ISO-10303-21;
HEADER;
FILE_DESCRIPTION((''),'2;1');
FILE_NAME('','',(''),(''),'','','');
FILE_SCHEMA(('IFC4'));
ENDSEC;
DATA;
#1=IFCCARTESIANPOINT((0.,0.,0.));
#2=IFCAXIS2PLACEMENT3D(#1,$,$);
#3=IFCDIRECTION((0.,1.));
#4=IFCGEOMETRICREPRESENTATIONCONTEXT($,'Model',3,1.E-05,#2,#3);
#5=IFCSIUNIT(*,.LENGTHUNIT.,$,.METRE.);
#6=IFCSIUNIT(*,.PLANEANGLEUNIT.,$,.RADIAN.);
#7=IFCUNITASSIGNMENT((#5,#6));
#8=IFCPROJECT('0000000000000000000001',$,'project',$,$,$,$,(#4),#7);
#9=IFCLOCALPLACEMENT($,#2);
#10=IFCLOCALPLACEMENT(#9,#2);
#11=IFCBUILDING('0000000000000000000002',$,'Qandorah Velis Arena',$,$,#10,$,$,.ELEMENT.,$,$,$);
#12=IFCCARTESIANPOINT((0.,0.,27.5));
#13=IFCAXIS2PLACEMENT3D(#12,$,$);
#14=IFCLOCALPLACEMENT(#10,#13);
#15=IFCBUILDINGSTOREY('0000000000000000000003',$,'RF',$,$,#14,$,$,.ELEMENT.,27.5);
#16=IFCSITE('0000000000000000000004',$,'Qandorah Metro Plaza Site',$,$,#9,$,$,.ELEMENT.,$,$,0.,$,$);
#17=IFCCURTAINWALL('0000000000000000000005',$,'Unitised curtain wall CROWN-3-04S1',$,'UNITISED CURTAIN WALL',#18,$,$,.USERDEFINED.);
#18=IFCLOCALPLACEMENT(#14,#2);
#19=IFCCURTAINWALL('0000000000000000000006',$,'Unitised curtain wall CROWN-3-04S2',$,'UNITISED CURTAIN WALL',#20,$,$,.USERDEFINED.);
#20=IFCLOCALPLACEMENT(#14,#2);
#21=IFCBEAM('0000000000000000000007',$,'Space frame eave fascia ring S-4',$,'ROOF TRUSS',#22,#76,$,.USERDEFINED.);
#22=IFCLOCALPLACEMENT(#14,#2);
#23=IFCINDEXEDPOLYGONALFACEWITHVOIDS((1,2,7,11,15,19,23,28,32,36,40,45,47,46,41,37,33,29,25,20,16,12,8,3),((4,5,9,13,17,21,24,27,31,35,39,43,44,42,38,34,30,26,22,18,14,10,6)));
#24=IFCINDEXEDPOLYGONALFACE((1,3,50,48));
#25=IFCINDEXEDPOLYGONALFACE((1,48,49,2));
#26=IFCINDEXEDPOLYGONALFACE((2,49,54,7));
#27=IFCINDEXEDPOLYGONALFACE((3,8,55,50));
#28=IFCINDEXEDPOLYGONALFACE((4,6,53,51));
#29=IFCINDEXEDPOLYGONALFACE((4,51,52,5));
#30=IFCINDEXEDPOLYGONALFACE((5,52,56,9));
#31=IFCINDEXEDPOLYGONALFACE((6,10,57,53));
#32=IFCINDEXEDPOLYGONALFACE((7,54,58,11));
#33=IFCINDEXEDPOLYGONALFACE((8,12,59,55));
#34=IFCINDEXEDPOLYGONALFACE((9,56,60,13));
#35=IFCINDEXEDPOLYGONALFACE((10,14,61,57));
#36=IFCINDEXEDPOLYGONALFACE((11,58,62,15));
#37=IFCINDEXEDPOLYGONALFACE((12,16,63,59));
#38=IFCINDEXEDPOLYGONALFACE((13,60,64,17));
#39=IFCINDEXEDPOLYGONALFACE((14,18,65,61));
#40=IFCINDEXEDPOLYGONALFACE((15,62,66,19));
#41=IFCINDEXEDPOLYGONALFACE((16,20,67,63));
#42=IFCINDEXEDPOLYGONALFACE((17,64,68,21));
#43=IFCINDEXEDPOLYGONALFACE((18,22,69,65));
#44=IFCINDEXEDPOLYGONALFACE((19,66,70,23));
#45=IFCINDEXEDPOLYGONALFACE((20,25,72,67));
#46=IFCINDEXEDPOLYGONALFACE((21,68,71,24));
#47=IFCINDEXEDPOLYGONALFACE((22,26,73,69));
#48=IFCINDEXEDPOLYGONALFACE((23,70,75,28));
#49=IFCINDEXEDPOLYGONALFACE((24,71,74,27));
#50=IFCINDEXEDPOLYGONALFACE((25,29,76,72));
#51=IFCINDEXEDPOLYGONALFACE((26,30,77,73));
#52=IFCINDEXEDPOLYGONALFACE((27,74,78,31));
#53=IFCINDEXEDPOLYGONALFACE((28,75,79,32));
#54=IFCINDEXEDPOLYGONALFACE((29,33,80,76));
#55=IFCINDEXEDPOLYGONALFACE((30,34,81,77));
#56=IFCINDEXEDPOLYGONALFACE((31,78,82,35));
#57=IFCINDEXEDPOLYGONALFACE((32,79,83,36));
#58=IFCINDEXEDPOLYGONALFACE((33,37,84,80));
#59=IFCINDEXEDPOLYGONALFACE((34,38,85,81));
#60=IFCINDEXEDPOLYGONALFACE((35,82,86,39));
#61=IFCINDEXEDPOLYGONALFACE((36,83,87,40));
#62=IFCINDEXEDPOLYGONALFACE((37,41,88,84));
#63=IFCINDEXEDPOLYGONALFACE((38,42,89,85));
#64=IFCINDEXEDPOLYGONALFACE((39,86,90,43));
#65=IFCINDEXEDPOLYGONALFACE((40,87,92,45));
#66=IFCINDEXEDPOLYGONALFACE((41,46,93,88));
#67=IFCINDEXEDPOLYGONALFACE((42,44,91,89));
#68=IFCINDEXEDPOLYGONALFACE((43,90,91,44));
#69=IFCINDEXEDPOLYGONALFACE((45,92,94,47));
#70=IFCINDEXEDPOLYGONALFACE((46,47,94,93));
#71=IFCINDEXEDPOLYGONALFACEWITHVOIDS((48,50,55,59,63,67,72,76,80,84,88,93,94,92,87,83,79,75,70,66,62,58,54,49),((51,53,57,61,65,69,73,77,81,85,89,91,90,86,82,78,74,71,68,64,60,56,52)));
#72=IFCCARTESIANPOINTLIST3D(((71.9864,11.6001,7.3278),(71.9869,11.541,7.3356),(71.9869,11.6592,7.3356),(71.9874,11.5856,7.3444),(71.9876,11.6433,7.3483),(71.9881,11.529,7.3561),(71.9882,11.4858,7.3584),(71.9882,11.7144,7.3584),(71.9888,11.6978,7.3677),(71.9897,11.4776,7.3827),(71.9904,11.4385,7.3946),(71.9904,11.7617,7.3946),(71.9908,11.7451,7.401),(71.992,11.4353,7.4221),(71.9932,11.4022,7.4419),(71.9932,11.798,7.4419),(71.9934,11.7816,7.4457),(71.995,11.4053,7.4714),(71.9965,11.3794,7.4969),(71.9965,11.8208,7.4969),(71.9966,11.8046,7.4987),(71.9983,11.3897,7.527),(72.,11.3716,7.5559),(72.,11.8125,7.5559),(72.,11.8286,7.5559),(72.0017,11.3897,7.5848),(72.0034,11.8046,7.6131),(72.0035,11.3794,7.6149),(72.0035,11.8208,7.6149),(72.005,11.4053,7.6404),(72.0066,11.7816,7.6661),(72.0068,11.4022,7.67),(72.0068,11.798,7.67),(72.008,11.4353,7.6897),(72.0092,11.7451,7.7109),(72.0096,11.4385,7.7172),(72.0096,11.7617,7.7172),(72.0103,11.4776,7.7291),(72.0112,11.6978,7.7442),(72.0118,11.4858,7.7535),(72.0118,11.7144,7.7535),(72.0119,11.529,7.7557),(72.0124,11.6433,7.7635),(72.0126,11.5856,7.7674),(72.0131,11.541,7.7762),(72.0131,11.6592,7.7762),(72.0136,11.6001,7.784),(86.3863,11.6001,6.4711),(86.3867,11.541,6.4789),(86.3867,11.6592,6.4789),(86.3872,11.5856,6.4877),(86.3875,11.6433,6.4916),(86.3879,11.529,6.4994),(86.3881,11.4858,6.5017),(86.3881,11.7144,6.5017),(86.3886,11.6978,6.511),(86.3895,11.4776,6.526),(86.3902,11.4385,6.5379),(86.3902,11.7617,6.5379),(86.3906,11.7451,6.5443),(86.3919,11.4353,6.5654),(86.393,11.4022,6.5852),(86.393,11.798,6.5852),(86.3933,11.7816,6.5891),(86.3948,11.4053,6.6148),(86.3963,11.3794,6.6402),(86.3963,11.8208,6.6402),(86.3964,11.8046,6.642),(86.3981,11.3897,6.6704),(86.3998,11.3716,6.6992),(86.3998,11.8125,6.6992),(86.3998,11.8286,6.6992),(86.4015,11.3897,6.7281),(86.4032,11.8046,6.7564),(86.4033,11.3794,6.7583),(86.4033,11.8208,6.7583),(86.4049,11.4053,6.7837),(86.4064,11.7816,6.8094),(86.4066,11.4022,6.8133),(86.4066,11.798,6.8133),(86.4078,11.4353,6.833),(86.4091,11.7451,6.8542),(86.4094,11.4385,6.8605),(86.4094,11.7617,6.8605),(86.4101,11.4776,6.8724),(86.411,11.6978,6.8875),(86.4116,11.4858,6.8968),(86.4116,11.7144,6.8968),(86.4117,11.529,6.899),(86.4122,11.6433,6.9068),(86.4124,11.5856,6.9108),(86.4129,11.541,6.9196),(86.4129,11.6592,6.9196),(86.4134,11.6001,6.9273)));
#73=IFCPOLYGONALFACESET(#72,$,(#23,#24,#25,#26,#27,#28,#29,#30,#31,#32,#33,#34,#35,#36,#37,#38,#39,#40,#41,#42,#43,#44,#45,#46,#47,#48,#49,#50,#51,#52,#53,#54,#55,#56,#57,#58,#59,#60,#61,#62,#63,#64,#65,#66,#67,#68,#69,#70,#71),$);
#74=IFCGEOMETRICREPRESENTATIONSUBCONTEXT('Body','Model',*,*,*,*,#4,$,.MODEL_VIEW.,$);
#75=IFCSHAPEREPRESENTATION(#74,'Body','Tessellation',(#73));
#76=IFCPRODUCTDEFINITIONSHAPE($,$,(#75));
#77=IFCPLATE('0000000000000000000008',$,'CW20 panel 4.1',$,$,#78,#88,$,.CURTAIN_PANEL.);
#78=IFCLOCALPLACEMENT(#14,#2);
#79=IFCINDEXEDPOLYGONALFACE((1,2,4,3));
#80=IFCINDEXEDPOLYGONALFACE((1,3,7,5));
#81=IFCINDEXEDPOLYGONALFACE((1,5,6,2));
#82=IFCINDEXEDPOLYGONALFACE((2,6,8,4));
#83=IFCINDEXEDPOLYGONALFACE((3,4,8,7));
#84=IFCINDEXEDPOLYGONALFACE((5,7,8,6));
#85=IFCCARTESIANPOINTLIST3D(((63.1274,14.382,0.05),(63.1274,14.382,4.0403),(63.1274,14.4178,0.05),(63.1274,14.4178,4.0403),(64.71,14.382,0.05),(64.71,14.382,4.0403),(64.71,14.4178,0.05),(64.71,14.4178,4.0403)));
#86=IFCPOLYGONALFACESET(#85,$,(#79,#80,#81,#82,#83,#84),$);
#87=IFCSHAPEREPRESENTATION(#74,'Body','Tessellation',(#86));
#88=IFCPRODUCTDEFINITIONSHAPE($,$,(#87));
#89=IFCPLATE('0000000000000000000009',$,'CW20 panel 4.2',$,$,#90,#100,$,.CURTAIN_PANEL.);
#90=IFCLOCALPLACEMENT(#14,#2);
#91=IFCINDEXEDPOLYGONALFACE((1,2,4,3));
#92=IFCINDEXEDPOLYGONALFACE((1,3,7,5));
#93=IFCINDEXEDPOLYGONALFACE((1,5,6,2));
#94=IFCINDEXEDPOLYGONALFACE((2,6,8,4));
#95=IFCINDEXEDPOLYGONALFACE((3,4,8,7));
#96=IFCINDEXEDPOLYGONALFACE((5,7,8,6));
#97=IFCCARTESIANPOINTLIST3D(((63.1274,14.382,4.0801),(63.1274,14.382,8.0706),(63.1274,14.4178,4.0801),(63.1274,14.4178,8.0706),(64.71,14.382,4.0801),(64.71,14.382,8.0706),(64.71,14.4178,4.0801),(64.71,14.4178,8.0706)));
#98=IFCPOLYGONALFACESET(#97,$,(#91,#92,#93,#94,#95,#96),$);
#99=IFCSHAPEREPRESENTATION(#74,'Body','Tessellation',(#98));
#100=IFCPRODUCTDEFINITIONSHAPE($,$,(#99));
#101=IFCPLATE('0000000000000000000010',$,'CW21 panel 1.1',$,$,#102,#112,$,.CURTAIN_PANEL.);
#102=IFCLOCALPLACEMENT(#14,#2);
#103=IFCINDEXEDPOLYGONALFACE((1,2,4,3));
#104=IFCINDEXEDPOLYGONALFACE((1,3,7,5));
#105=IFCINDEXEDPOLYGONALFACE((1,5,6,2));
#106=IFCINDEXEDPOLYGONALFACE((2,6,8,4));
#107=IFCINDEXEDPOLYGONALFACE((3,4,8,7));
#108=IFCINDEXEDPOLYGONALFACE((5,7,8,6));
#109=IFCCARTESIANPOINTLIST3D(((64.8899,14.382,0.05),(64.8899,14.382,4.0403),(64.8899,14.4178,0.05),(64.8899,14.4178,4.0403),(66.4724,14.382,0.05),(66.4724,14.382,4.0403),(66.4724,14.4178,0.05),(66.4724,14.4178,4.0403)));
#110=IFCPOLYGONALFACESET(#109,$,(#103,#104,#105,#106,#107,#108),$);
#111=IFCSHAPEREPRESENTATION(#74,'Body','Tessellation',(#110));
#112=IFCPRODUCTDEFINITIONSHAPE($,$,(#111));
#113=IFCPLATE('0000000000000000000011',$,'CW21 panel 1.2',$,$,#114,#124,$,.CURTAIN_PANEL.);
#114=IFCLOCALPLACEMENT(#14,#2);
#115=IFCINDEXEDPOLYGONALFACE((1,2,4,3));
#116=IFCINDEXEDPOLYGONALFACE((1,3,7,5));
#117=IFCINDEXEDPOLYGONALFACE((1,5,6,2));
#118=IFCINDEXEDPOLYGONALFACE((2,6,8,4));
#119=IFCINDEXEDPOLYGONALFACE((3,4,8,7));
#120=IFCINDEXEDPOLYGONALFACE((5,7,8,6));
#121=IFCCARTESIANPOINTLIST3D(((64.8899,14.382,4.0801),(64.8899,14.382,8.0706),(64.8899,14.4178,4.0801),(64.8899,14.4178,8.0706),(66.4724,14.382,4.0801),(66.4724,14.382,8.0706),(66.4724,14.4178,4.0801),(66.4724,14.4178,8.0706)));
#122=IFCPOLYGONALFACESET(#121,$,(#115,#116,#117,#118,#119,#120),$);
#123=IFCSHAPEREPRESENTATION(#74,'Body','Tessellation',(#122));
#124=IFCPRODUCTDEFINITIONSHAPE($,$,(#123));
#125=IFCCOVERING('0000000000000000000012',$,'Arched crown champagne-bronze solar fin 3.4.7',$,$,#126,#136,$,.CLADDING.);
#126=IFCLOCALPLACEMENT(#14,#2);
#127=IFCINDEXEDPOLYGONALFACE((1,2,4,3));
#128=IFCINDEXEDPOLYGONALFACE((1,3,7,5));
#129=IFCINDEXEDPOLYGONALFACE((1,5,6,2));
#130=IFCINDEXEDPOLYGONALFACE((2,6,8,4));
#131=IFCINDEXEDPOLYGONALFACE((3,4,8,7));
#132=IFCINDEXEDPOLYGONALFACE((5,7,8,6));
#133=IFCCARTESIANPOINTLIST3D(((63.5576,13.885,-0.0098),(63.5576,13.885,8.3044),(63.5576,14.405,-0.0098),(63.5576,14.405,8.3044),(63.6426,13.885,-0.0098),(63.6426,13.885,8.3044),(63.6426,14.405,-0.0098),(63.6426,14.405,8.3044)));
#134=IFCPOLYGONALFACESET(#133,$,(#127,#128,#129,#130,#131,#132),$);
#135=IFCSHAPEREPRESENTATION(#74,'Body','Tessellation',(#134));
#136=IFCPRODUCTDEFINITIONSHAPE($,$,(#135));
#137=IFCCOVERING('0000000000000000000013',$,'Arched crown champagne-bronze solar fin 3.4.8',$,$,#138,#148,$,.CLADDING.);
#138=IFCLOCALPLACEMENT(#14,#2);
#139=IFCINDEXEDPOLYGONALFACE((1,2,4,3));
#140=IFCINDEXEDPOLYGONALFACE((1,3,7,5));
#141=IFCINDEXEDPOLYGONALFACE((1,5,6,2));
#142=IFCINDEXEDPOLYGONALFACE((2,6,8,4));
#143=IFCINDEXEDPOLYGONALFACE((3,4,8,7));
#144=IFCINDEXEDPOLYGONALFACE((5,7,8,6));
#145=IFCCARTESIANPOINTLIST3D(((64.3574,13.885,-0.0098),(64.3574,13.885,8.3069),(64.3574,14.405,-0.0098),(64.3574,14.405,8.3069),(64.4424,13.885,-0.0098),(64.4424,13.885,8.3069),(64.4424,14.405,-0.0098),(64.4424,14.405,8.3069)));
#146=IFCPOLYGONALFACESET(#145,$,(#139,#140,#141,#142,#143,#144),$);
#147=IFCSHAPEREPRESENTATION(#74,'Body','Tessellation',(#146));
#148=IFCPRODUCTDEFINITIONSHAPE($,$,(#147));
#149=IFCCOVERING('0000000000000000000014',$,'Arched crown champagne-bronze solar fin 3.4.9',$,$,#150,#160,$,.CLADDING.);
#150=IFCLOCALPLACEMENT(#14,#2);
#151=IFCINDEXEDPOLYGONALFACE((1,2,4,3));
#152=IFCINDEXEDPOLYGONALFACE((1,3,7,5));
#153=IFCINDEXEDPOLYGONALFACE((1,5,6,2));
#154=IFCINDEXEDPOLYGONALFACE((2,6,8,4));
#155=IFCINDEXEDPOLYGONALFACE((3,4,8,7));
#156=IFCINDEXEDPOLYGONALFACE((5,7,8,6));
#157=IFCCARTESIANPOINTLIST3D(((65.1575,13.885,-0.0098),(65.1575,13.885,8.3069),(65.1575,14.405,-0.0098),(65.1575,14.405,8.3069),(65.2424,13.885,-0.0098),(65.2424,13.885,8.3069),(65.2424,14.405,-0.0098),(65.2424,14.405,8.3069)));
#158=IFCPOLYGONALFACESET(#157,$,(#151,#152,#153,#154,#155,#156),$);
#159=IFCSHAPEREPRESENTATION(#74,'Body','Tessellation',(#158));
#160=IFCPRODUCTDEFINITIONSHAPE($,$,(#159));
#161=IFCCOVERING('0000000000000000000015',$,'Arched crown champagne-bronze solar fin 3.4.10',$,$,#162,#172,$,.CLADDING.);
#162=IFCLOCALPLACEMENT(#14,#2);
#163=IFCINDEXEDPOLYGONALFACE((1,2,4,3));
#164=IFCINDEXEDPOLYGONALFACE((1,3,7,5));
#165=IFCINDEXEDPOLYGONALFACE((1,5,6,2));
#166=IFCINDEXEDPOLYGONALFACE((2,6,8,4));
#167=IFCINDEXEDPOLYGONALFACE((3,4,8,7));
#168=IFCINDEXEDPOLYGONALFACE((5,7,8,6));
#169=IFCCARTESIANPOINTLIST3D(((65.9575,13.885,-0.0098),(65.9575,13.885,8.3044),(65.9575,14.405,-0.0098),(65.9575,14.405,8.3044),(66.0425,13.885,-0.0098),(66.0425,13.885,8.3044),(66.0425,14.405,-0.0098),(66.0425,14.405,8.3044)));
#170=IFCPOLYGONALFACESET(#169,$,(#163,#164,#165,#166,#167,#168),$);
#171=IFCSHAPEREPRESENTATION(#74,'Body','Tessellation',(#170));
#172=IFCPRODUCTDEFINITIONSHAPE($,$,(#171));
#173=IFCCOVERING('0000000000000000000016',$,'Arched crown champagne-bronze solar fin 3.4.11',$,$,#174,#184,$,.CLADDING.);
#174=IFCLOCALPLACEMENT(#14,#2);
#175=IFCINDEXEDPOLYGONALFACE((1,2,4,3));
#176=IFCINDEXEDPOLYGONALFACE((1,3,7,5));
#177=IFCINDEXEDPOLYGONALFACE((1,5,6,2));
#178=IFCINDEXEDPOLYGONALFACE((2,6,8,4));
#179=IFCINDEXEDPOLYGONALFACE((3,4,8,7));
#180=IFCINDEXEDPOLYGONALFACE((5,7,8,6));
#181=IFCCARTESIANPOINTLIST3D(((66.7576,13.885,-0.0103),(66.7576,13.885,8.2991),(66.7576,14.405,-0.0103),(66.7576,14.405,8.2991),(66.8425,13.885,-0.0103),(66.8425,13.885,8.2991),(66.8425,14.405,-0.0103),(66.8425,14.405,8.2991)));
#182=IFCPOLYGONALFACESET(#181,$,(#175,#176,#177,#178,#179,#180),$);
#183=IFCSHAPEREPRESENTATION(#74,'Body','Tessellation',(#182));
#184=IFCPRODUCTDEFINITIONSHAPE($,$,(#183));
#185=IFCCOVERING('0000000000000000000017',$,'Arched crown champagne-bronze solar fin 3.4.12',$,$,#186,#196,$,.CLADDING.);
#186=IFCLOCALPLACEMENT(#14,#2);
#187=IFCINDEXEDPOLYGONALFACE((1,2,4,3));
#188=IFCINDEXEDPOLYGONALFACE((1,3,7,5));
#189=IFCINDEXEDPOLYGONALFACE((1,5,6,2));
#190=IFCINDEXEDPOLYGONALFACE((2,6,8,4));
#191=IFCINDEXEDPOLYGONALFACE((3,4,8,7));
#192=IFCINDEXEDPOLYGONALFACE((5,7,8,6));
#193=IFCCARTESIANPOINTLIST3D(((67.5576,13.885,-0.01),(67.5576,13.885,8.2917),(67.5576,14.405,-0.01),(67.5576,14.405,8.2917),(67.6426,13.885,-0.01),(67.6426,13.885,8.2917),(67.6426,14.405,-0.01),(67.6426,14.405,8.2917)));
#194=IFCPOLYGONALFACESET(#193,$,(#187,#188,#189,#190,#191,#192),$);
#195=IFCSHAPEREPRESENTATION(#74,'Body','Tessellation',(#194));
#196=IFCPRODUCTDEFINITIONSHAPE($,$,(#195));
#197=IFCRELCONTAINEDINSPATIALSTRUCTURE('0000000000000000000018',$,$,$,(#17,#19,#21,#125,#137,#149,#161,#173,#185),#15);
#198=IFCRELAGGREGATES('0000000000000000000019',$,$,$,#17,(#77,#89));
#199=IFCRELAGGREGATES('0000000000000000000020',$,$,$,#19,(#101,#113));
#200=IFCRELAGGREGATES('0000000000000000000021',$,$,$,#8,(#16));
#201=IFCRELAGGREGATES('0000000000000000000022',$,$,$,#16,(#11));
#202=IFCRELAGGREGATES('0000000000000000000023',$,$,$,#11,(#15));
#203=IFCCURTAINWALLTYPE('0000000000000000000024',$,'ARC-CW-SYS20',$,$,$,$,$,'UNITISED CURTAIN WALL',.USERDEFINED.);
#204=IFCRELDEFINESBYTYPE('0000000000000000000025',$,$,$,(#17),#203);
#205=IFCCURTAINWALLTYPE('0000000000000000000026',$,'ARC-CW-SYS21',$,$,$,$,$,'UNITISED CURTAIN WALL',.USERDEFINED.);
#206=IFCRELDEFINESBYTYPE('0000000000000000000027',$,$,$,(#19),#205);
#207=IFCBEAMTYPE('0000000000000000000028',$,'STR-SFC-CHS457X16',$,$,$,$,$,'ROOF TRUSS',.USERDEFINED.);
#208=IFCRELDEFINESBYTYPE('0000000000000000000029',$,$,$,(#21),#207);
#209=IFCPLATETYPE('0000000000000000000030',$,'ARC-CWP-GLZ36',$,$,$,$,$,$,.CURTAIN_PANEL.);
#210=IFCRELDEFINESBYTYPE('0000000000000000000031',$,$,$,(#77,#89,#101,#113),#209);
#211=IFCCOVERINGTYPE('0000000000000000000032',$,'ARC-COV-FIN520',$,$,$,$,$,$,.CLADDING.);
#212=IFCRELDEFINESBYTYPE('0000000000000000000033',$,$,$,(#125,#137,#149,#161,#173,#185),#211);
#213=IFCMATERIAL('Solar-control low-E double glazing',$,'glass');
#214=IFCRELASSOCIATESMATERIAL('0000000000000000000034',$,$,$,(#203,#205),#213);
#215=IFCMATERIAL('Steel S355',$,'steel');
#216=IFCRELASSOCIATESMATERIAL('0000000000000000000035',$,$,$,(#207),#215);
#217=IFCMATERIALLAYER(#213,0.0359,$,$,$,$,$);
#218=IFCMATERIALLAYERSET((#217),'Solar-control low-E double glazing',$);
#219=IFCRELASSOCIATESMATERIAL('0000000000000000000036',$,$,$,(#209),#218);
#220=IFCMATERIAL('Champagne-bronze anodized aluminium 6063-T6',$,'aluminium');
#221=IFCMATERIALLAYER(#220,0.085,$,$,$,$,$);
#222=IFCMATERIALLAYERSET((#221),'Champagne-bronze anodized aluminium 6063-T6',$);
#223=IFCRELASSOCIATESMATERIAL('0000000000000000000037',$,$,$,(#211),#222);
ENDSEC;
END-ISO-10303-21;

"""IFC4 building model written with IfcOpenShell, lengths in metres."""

from ifc_helpers import new_model, si_unit, direction, frame, origin, origin_2d, place, context, subcontext, project, spatial, rectangle, hollow_circle, extrude, material, layer, layer_set, material_profile, profile_set, type_object, element, aggregate, save


model = new_model("IFC4")

# Units and contexts
model_context = context("Model", 3, precision=1e-05, world=origin(), true_north=direction((0.0, 1.0)))
body_context = subcontext(model_context, "Body", "Model", "MODEL_VIEW")
ifc_project = project(units=[si_unit("LENGTHUNIT", "METRE"), si_unit("PLANEANGLEUNIT", "RADIAN")], contexts=[model_context])

# Site, building, storey
site_placement = place(None, origin())
site = spatial("IfcSite", under=ifc_project, at=site_placement, Name="Qandorah Metro Plaza Site", CompositionType="ELEMENT", RefElevation=0.0)
building_placement = place(site_placement, origin())
building = spatial("IfcBuilding", under=site, at=building_placement, Name="Qandorah Velis Arena", CompositionType="ELEMENT")
storey_placement = place(building_placement, frame((0.0, 0.0, 27.5)))
storey = spatial("IfcBuildingStorey", under=building, at=storey_placement, Name="RF", CompositionType="ELEMENT", Elevation=27.5)

# Curtain wall
ifc_material_1 = material(Name="Solar-control low-E double glazing", Category="glass")
curtain_wall_type_1 = type_object("IfcCurtainWallType", Name="ARC-CW-SYS20", ElementType="UNITISED CURTAIN WALL", PredefinedType="USERDEFINED", material=ifc_material_1)
curtain_wall_1_placement = place(storey_placement, origin())
curtain_wall_1 = element("IfcCurtainWall", 1, at=curtain_wall_1_placement, inside=storey, type_object=curtain_wall_type_1, Name="Unitised curtain wall CROWN-3-04S1", ObjectType="UNITISED CURTAIN WALL", PredefinedType="USERDEFINED")
ifc_material_2 = material(Name="Champagne-bronze anodized aluminium 6063-T6", Category="aluminium")

# Curtain wall
curtain_wall_type_2 = type_object("IfcCurtainWallType", Name="ARC-CW-SYS21", ElementType="UNITISED CURTAIN WALL", PredefinedType="USERDEFINED", material=ifc_material_1)
curtain_wall_2_placement = place(storey_placement, origin())
curtain_wall_2 = element("IfcCurtainWall", 2, at=curtain_wall_2_placement, inside=storey, type_object=curtain_wall_type_2, Name="Unitised curtain wall CROWN-3-04S2", ObjectType="UNITISED CURTAIN WALL", PredefinedType="USERDEFINED")

# Beam
ifc_material_3 = material(Name="Steel S355", Category="steel")
ifc_material_profile_1 = material_profile(ifc_material_3, hollow_circle(Radius=0.2285, WallThickness=0.0161, at=origin_2d()), Name="CHS 457x16")
ifc_profile_set_1 = profile_set([ifc_material_profile_1], Name="Steel S355")
beam_type_1 = type_object("IfcBeamType", Name="STR-SFC-CHS457X16", ElementType="ROOF TRUSS", PredefinedType="USERDEFINED", material=ifc_profile_set_1)
beam_1_placement = place(storey_placement, frame((72.0, 11.6001, 7.5559), z_axis=(0.998235, 0.0, -0.059388), x_axis=(0.0, 1.0, 0.0)))
element("IfcBeam", 3, at=beam_1_placement, inside=storey, type_object=beam_type_1, Name="Space frame eave fascia ring S-4", ObjectType="ROOF TRUSS", PredefinedType="USERDEFINED", context=body_context, shape_type="SweptSolid", body=[
    extrude(hollow_circle(Radius=0.2285, WallThickness=0.0161, at=origin_2d()), origin(), (0.0, 0.0, 1.0), 14.4253),
])

# Plates
ifc_layer_1 = layer(ifc_material_1, 0.0359)
ifc_layer_set_1 = layer_set([ifc_layer_1], Name="Solar-control low-E double glazing")
plate_type = type_object("IfcPlateType", Name="ARC-CWP-GLZ36", PredefinedType="CURTAIN_PANEL", material=ifc_layer_set_1)
plate_1_placement = place(storey_placement, frame((63.9187, 14.3999, 0.05), z_axis=(0.0, 0.0, 1.0), x_axis=(1.0, 0.0, 0.0)))
plate_1 = element("IfcPlate", 4, at=plate_1_placement, type_object=plate_type, Name="CW20 panel 4.1", PredefinedType="CURTAIN_PANEL", context=body_context, shape_type="SweptSolid", body=[
    extrude(rectangle(XDim=1.5825, YDim=0.0359, at=origin_2d()), origin(), (0.0, 0.0, 1.0), 3.9902),
])
plate_2_placement = place(storey_placement, frame((63.9187, 14.3999, 4.0801), z_axis=(0.0, 0.0, 1.0), x_axis=(1.0, 0.0, 0.0)))
plate_2 = element("IfcPlate", 5, at=plate_2_placement, type_object=plate_type, Name="CW20 panel 4.2", PredefinedType="CURTAIN_PANEL", context=body_context, shape_type="SweptSolid", body=[
    extrude(rectangle(XDim=1.5825, YDim=0.0359, at=origin_2d()), origin(), (0.0, 0.0, 1.0), 3.9905),
])
aggregate(curtain_wall_1, [plate_1, plate_2])
plate_3_placement = place(storey_placement, frame((65.6812, 14.3999, 0.05), z_axis=(0.0, 0.0, 1.0), x_axis=(1.0, 0.0, 0.0)))
plate_3 = element("IfcPlate", 6, at=plate_3_placement, type_object=plate_type, Name="CW21 panel 1.1", PredefinedType="CURTAIN_PANEL", context=body_context, shape_type="SweptSolid", body=[
    extrude(rectangle(XDim=1.5825, YDim=0.0359, at=origin_2d()), origin(), (0.0, 0.0, 1.0), 3.9902),
])
plate_4_placement = place(storey_placement, frame((65.6812, 14.3999, 4.0801), z_axis=(0.0, 0.0, 1.0), x_axis=(1.0, 0.0, 0.0)))
plate_4 = element("IfcPlate", 7, at=plate_4_placement, type_object=plate_type, Name="CW21 panel 1.2", PredefinedType="CURTAIN_PANEL", context=body_context, shape_type="SweptSolid", body=[
    extrude(rectangle(XDim=1.5825, YDim=0.0359, at=origin_2d()), origin(), (0.0, 0.0, 1.0), 3.9905),
])
aggregate(curtain_wall_2, [plate_3, plate_4])

# Coverings
ifc_layer_2 = layer(ifc_material_2, 0.085)
ifc_layer_set_2 = layer_set([ifc_layer_2], Name="Champagne-bronze anodized aluminium 6063-T6")
covering_type = type_object("IfcCoveringType", Name="ARC-COV-FIN520", PredefinedType="CLADDING", material=ifc_layer_set_2)
covering_1_placement = place(storey_placement, frame((63.6001, 14.145, -0.0098), z_axis=(0.0, 0.0, 1.0), x_axis=(1.0, 0.0, 0.0)))
element("IfcCovering", 8, at=covering_1_placement, inside=storey, type_object=covering_type, Name="Arched crown champagne-bronze solar fin 3.4.7", PredefinedType="CLADDING", context=body_context, shape_type="SweptSolid", body=[
    extrude(rectangle(XDim=0.085, YDim=0.52, at=origin_2d()), origin(), (0.0, 0.0, 1.0), 8.3142),
])
for number, where, z_axis, x_axis, name in (
    (9, (64.3999, 14.145, -0.0098), (0.0, 0.0, 1.0), (1.0, 0.0, 0.0), "Arched crown champagne-bronze solar fin 3.4.8"),
    (10, (65.2, 14.145, -0.0098), (0.0, 0.0, 1.0), (1.0, 0.0, 0.0), "Arched crown champagne-bronze solar fin 3.4.9"),
):
    element("IfcCovering", number, at=place(storey_placement, frame(where, z_axis=z_axis, x_axis=x_axis)), inside=storey, type_object=covering_type, Name=name, PredefinedType="CLADDING", context=body_context, shape_type="SweptSolid", body=[
        extrude(rectangle(XDim=0.085, YDim=0.52, at=origin_2d()), origin(), (0.0, 0.0, 1.0), 8.3167),
    ])
covering_2_placement = place(storey_placement, frame((66.0, 14.145, -0.0098), z_axis=(0.0, 0.0, 1.0), x_axis=(1.0, 0.0, 0.0)))
element("IfcCovering", 11, at=covering_2_placement, inside=storey, type_object=covering_type, Name="Arched crown champagne-bronze solar fin 3.4.10", PredefinedType="CLADDING", context=body_context, shape_type="SweptSolid", body=[
    extrude(rectangle(XDim=0.085, YDim=0.52, at=origin_2d()), origin(), (0.0, 0.0, 1.0), 8.3142),
])
covering_3_placement = place(storey_placement, frame((66.8, 14.145, -0.0103), z_axis=(0.0, 0.0, 1.0), x_axis=(1.0, 0.0, 0.0)))
element("IfcCovering", 12, at=covering_3_placement, inside=storey, type_object=covering_type, Name="Arched crown champagne-bronze solar fin 3.4.11", PredefinedType="CLADDING", context=body_context, shape_type="SweptSolid", body=[
    extrude(rectangle(XDim=0.085, YDim=0.52, at=origin_2d()), origin(), (0.0, 0.0, 1.0), 8.3093),
])
covering_4_placement = place(storey_placement, frame((67.6001, 14.145, -0.01), z_axis=(0.0, 0.0, 1.0), x_axis=(1.0, 0.0, 0.0)))
element("IfcCovering", 13, at=covering_4_placement, inside=storey, type_object=covering_type, Name="Arched crown champagne-bronze solar fin 3.4.12", PredefinedType="CLADDING", context=body_context, shape_type="SweptSolid", body=[
    extrude(rectangle(XDim=0.085, YDim=0.52, at=origin_2d()), origin(), (0.0, 0.0, 1.0), 8.3018),
])

save(model, "model.ifc")
